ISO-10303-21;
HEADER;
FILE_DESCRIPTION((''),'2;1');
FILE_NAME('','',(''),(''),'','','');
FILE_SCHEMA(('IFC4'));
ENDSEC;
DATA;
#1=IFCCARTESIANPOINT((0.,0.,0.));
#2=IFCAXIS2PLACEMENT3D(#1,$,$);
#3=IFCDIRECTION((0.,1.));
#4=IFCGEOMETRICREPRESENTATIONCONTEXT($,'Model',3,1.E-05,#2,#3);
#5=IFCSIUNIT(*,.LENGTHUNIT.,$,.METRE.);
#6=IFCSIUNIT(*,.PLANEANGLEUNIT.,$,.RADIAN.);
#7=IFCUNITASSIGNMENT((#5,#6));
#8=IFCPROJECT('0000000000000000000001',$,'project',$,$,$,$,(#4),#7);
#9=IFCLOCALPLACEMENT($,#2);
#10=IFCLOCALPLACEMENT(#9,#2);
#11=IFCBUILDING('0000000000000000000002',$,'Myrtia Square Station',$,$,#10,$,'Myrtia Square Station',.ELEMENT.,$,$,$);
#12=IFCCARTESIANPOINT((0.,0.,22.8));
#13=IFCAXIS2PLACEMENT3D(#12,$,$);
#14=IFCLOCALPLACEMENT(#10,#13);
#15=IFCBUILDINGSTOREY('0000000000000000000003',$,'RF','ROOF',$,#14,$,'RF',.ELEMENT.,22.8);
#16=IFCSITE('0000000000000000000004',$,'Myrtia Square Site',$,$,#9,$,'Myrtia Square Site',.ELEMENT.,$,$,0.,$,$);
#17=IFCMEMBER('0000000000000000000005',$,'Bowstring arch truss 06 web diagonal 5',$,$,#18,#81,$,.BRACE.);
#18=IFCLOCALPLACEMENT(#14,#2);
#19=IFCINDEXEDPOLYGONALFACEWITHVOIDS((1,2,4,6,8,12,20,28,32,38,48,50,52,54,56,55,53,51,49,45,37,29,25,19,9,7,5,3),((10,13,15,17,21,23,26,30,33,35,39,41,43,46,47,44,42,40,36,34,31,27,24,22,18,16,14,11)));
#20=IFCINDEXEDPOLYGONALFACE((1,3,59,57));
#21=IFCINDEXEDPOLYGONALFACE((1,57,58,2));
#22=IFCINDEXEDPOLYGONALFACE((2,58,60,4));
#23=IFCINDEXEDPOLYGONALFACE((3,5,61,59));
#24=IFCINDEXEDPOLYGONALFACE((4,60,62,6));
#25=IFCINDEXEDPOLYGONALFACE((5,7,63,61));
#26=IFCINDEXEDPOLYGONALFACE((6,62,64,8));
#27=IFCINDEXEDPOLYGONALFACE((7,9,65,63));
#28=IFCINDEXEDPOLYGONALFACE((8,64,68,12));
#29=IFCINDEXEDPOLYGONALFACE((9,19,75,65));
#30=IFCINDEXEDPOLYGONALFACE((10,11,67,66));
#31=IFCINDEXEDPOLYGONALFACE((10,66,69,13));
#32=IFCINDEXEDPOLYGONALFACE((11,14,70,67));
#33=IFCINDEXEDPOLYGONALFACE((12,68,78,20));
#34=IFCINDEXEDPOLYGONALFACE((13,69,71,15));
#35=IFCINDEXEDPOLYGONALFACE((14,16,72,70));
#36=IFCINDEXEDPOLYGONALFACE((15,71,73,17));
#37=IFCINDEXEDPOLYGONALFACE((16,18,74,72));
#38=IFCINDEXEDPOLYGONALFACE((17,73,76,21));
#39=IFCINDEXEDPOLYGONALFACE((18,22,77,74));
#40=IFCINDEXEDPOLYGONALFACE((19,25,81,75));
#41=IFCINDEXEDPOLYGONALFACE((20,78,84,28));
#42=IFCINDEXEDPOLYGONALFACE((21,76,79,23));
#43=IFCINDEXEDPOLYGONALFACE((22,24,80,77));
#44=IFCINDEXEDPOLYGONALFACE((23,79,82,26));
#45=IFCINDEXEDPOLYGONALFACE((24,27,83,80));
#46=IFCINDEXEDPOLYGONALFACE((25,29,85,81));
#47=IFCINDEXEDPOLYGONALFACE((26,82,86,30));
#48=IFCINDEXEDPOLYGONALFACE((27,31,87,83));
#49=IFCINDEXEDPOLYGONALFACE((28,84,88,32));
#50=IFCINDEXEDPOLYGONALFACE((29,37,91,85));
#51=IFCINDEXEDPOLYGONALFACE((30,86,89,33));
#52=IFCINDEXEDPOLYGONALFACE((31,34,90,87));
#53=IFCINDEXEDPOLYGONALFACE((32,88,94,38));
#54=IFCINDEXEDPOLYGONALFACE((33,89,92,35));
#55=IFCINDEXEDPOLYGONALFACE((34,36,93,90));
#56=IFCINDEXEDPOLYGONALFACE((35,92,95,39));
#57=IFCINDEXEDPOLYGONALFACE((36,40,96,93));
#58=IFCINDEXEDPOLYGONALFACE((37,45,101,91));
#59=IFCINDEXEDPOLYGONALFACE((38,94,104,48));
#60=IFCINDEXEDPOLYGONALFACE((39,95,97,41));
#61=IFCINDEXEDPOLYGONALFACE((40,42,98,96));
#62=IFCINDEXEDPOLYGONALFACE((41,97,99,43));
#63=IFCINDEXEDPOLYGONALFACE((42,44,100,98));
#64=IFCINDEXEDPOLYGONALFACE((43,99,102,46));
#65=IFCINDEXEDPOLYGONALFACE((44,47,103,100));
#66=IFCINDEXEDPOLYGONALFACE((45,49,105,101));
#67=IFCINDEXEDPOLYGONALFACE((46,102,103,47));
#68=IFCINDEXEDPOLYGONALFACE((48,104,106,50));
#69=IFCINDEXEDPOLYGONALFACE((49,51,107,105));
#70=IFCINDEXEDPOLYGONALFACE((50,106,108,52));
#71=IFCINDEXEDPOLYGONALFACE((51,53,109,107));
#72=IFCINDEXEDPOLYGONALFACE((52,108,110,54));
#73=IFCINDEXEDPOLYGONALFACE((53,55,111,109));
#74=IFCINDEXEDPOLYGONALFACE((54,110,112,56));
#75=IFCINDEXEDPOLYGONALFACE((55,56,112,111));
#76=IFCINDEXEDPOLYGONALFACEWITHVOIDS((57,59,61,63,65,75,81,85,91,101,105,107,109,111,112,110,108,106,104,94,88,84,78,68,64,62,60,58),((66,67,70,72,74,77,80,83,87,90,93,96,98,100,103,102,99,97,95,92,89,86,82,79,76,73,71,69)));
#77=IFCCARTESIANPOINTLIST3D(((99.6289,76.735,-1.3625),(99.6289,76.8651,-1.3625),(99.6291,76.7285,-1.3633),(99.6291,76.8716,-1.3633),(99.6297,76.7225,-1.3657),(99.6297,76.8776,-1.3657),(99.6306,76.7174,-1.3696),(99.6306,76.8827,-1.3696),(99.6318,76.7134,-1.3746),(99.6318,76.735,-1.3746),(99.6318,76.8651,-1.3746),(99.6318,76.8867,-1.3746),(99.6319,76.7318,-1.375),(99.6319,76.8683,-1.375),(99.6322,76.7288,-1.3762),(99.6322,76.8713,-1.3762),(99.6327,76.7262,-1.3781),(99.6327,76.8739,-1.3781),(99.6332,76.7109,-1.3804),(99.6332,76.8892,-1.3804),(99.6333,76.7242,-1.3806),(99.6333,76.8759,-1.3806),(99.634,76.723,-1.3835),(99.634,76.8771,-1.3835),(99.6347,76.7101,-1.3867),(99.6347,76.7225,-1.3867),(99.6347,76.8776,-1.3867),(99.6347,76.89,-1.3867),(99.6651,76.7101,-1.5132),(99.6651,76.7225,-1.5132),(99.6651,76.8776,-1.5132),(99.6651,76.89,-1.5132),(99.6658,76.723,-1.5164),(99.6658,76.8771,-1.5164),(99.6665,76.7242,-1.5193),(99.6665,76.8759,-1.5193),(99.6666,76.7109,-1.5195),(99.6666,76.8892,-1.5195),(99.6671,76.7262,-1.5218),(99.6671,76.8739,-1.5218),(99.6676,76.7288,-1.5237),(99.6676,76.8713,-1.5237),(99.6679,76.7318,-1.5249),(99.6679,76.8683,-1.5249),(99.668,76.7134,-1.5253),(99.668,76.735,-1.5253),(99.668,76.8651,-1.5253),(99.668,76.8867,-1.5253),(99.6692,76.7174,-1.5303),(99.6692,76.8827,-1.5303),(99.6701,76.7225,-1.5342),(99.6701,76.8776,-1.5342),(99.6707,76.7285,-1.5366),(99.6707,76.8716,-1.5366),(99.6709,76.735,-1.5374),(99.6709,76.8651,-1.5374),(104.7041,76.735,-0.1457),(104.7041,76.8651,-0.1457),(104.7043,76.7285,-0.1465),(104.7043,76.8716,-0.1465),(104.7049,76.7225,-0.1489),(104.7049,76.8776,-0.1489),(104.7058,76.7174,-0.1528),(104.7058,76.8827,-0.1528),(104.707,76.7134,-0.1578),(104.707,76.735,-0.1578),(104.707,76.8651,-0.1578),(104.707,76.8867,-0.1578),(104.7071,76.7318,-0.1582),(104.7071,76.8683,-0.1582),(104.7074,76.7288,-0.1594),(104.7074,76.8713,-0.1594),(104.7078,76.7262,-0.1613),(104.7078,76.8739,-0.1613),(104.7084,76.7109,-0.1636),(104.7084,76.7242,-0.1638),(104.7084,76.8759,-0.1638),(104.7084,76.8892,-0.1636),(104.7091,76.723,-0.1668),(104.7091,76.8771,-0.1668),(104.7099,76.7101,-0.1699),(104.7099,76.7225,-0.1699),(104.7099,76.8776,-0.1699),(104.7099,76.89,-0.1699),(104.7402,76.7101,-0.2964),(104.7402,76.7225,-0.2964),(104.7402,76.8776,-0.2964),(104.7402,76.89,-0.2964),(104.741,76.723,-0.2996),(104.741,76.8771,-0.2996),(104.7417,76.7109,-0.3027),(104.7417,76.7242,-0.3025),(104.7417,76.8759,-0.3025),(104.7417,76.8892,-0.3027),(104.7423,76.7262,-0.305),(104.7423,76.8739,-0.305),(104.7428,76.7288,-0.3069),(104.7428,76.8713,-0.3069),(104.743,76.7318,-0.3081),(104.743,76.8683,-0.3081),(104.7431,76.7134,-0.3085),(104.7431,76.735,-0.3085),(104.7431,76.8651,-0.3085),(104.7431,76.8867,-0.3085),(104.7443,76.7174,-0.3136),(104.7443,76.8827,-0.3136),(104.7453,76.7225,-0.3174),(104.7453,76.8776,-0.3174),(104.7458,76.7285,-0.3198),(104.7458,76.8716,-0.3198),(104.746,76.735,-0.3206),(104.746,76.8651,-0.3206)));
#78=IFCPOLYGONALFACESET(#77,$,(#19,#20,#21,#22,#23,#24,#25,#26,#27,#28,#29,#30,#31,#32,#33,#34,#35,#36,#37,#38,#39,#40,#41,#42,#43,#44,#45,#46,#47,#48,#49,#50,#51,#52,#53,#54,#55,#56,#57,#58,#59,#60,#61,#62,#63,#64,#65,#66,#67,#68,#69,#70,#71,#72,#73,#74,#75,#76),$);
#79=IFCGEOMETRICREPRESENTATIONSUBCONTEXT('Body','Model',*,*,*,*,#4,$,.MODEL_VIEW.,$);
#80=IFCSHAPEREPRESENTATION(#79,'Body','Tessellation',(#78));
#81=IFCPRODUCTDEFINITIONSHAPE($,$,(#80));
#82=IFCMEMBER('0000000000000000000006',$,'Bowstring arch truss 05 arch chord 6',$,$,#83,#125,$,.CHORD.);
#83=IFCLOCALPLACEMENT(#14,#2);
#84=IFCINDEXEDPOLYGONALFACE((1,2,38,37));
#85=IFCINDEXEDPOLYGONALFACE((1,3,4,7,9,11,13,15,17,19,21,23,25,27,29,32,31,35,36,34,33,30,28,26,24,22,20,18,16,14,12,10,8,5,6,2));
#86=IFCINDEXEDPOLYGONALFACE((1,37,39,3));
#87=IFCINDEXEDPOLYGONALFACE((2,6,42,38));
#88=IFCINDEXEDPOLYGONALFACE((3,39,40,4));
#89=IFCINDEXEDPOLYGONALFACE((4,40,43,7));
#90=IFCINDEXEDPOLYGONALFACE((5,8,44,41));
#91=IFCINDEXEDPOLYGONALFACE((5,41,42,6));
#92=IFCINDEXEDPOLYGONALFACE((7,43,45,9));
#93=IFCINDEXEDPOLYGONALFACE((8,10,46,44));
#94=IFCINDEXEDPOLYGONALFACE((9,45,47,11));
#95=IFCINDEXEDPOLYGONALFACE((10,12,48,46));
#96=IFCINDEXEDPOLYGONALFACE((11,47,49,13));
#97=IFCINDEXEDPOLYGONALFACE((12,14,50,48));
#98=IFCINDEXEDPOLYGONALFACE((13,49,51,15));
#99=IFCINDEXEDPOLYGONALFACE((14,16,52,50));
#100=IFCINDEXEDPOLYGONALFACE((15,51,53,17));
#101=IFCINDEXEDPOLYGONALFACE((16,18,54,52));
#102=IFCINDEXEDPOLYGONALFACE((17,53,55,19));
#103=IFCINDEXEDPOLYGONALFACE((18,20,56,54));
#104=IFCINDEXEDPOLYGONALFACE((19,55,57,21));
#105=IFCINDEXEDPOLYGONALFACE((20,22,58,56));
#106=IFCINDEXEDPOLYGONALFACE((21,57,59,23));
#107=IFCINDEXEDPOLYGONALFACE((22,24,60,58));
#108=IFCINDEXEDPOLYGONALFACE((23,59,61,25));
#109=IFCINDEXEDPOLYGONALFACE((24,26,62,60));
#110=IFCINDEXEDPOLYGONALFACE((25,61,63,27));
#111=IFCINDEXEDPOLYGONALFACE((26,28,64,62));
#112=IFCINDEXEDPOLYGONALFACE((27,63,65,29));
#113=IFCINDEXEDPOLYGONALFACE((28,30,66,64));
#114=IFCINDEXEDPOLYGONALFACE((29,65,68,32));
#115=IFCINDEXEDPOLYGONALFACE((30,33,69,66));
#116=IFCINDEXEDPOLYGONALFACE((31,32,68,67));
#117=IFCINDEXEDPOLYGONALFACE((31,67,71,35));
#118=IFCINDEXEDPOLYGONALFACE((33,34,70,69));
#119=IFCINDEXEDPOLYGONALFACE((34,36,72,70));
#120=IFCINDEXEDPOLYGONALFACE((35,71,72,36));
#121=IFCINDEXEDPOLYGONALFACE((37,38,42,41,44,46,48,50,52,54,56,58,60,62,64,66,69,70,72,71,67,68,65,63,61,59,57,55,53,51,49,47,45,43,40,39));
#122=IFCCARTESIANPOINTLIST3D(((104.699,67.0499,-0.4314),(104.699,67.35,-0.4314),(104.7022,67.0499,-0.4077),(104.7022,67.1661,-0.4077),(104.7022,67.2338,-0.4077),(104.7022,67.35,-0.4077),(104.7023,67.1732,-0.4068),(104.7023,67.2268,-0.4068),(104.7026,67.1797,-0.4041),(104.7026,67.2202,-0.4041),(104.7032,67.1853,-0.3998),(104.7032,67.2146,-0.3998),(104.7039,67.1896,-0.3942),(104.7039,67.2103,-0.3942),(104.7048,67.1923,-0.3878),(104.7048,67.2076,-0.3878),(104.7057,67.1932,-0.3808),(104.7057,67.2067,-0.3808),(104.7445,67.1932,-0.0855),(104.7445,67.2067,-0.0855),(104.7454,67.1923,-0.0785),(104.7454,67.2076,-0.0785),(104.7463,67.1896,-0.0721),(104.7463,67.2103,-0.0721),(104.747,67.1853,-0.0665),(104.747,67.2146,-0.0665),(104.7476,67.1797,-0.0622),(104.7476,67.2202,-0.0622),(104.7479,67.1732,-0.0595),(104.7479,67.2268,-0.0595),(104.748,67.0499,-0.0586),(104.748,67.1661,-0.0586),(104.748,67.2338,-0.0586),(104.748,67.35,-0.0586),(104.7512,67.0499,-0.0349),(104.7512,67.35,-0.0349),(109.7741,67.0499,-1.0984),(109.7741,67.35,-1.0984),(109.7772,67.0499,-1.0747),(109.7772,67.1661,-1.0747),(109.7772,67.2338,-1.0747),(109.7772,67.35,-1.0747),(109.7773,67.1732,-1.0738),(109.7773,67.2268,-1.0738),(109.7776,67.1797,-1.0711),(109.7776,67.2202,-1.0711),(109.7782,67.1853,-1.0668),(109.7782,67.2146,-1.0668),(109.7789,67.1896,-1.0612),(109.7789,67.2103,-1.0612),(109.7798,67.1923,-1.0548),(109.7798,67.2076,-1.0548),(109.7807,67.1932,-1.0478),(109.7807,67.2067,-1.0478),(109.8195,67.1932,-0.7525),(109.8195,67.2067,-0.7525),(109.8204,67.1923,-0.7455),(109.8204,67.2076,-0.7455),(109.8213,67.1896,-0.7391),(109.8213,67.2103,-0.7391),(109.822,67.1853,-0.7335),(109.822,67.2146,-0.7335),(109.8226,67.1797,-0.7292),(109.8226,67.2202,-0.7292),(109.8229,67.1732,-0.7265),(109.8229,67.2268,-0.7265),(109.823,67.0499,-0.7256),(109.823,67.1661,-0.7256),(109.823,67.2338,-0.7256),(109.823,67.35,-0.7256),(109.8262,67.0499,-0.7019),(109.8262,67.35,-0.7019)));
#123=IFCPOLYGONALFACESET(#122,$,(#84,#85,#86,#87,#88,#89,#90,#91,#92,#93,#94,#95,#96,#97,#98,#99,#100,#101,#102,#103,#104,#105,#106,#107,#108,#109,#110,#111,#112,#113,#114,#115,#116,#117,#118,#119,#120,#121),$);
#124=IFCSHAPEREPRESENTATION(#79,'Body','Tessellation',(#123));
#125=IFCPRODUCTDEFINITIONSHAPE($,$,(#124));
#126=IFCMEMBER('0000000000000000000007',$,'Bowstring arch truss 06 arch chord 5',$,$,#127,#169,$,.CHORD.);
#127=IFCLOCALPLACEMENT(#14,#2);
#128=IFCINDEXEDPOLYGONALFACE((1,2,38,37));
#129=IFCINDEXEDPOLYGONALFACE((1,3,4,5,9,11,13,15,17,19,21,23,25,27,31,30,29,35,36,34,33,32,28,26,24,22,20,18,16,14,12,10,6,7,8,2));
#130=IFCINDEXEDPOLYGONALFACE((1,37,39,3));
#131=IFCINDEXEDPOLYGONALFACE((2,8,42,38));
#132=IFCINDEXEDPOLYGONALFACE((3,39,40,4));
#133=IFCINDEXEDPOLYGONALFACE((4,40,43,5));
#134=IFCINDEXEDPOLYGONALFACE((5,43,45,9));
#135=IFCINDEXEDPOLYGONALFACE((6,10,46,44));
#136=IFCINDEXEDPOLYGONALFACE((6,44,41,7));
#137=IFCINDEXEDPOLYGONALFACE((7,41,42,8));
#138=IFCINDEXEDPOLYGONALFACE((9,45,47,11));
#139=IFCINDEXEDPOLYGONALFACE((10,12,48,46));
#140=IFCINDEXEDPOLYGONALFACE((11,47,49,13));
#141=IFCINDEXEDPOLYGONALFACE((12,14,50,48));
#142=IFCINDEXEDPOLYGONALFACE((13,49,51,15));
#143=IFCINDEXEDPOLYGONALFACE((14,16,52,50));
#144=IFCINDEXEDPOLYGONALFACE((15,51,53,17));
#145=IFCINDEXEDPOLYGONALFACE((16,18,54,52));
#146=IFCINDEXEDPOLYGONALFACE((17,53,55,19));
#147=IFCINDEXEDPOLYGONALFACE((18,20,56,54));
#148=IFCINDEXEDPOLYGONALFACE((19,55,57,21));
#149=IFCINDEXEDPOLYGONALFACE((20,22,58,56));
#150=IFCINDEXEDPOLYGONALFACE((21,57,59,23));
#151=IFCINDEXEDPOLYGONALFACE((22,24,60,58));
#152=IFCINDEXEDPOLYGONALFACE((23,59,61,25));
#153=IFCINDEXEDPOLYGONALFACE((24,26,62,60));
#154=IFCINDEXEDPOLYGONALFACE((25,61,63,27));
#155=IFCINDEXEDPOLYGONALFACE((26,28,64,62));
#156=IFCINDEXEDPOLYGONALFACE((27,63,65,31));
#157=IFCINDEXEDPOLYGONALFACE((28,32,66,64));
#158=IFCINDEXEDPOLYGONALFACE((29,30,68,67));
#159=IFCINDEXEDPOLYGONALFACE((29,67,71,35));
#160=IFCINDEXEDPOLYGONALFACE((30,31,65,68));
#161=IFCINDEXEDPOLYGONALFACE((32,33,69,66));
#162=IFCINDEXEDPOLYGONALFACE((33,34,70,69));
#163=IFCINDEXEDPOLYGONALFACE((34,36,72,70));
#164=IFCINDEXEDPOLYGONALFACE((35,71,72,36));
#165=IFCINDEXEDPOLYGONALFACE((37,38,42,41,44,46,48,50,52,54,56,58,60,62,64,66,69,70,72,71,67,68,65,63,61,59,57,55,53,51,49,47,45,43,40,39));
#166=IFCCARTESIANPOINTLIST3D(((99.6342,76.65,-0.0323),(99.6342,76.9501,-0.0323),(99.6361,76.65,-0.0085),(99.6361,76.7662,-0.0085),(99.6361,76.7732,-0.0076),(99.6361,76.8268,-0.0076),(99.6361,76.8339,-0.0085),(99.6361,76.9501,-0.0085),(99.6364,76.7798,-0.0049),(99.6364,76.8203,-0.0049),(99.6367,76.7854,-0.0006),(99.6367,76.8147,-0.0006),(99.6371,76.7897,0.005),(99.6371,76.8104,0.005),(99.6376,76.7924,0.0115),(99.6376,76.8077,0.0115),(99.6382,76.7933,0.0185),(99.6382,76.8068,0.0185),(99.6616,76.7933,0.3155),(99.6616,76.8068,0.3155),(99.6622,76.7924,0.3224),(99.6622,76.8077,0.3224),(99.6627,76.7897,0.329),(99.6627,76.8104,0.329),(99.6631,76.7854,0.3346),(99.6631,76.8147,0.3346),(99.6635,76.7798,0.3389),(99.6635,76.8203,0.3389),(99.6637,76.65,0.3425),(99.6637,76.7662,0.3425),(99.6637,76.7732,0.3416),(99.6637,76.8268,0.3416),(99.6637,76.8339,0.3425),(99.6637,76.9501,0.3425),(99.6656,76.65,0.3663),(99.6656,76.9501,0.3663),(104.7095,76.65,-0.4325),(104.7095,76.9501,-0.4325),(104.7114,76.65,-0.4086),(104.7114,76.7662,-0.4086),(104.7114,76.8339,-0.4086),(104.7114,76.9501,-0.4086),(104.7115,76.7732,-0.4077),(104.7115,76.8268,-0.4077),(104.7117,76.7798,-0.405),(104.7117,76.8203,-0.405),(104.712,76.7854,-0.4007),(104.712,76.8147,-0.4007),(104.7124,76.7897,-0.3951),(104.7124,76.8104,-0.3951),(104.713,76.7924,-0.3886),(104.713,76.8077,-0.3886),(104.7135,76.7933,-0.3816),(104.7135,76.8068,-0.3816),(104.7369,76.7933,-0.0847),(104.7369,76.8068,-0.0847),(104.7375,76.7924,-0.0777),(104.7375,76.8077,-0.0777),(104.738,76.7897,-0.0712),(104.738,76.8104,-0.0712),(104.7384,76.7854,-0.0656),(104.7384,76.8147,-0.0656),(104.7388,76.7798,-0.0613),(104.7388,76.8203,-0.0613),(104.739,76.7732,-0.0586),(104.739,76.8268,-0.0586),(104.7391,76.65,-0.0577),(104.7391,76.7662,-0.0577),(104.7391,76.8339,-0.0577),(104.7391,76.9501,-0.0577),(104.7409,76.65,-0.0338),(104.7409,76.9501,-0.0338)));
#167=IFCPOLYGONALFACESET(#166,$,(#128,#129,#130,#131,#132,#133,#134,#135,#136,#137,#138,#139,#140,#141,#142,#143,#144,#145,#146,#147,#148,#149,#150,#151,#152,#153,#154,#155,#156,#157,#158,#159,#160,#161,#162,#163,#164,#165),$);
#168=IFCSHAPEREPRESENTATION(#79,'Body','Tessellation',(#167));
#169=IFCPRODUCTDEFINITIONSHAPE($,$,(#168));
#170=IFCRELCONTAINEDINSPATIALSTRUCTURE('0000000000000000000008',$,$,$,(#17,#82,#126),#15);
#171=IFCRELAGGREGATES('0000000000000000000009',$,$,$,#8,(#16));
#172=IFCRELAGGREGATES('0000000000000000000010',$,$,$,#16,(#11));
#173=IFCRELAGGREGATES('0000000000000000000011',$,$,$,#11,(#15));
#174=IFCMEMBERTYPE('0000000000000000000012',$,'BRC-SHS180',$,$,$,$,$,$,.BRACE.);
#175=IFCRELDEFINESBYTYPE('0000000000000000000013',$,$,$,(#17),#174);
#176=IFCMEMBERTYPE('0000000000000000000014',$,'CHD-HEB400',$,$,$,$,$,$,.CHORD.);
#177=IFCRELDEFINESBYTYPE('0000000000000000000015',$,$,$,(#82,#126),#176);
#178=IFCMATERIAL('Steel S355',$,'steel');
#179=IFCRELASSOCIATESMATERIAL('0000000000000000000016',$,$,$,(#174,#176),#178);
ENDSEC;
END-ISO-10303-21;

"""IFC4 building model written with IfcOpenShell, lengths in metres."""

from ifc_helpers import new_model, si_unit, direction, frame, origin, origin_2d, place, context, subcontext, project, spatial, hollow_rectangle, i_section, extrude, material, material_profile, profile_set, type_object, element, save


model = new_model("IFC4")

# Units and contexts
model_context = context("Model", 3, precision=1e-05, world=origin(), true_north=direction((0.0, 1.0)))
body_context = subcontext(model_context, "Body", "Model", "MODEL_VIEW")
ifc_project = project(units=[si_unit("LENGTHUNIT", "METRE"), si_unit("PLANEANGLEUNIT", "RADIAN")], contexts=[model_context])

# Site, building, storey
site_placement = place(None, origin())
site = spatial("IfcSite", under=ifc_project, at=site_placement, Name="Myrtia Square Site", LongName="Myrtia Square Site", CompositionType="ELEMENT", RefElevation=0.0)
building_placement = place(site_placement, origin())
building = spatial("IfcBuilding", under=site, at=building_placement, Name="Myrtia Square Station", LongName="Myrtia Square Station", CompositionType="ELEMENT")
storey_placement = place(building_placement, frame((0.0, 0.0, 22.8)))
storey = spatial("IfcBuildingStorey", under=building, at=storey_placement, Name="RF", Description="ROOF", LongName="RF", CompositionType="ELEMENT", Elevation=22.8)

# Members
ifc_material_1 = material(Name="Steel S355", Category="steel")
ifc_material_profile_1 = material_profile(ifc_material_1, hollow_rectangle(XDim=0.1799, YDim=0.1799, WallThickness=0.0125, InnerFilletRadius=0.0125, OuterFilletRadius=0.0249, at=origin_2d()), Name="SHS 180x180x12.5")
ifc_profile_set_1 = profile_set([ifc_material_profile_1], Name="Steel S355")
member_type_1 = type_object("IfcMemberType", Name="BRC-SHS180", PredefinedType="BRACE", material=ifc_profile_set_1)
member_1_placement = place(storey_placement, frame((99.6499, 76.8, -1.45), z_axis=(0.972442, 0.0, 0.233146), x_axis=(0.0, 1.0, 0.0)))
element("IfcMember", 1, at=member_1_placement, inside=storey, type_object=member_type_1, Name="Bowstring arch truss 06 web diagonal 5", PredefinedType="BRACE", context=body_context, shape_type="SweptSolid", body=[
    extrude(hollow_rectangle(XDim=0.1799, YDim=0.1799, WallThickness=0.0125, InnerFilletRadius=0.0125, OuterFilletRadius=0.0249, at=origin_2d()), origin(), (0.0, 0.0, 1.0), 5.219),
])
ifc_material_profile_2 = material_profile(ifc_material_1, i_section(OverallWidth=0.3, OverallDepth=0.3999, WebThickness=0.0134, FlangeThickness=0.0239, FilletRadius=0.0271, at=origin_2d()), Name="HEB 400")
ifc_profile_set_2 = profile_set([ifc_material_profile_2], Name="Steel S355")
member_type_2 = type_object("IfcMemberType", Name="CHD-HEB400", PredefinedType="CHORD", material=ifc_profile_set_2)
member_2_placement = place(storey_placement, frame((104.7251, 67.2, -0.2332), z_axis=(0.991474, 0.0, -0.130308), x_axis=(0.0, 1.0, 0.0)))
element("IfcMember", 2, at=member_2_placement, inside=storey, type_object=member_type_2, Name="Bowstring arch truss 05 arch chord 6", PredefinedType="CHORD", context=body_context, shape_type="SweptSolid", body=[
    extrude(i_section(OverallWidth=0.3, OverallDepth=0.3999, WebThickness=0.0134, FlangeThickness=0.0239, FilletRadius=0.0271, at=origin_2d()), origin(), (0.0, 0.0, 1.0), 5.1187),
])
member_3_placement = place(storey_placement, frame((99.6499, 76.8, 0.167), z_axis=(0.996906, 0.0, -0.0786), x_axis=(0.0, 1.0, 0.0)))
element("IfcMember", 3, at=member_3_placement, inside=storey, type_object=member_type_2, Name="Bowstring arch truss 06 arch chord 5", PredefinedType="CHORD", context=body_context, shape_type="SweptSolid", body=[
    extrude(i_section(OverallWidth=0.3, OverallDepth=0.3999, WebThickness=0.0134, FlangeThickness=0.0239, FilletRadius=0.0271, at=origin_2d()), origin(), (0.0, 0.0, 1.0), 5.0911),
])

save(model, "model.ifc")
